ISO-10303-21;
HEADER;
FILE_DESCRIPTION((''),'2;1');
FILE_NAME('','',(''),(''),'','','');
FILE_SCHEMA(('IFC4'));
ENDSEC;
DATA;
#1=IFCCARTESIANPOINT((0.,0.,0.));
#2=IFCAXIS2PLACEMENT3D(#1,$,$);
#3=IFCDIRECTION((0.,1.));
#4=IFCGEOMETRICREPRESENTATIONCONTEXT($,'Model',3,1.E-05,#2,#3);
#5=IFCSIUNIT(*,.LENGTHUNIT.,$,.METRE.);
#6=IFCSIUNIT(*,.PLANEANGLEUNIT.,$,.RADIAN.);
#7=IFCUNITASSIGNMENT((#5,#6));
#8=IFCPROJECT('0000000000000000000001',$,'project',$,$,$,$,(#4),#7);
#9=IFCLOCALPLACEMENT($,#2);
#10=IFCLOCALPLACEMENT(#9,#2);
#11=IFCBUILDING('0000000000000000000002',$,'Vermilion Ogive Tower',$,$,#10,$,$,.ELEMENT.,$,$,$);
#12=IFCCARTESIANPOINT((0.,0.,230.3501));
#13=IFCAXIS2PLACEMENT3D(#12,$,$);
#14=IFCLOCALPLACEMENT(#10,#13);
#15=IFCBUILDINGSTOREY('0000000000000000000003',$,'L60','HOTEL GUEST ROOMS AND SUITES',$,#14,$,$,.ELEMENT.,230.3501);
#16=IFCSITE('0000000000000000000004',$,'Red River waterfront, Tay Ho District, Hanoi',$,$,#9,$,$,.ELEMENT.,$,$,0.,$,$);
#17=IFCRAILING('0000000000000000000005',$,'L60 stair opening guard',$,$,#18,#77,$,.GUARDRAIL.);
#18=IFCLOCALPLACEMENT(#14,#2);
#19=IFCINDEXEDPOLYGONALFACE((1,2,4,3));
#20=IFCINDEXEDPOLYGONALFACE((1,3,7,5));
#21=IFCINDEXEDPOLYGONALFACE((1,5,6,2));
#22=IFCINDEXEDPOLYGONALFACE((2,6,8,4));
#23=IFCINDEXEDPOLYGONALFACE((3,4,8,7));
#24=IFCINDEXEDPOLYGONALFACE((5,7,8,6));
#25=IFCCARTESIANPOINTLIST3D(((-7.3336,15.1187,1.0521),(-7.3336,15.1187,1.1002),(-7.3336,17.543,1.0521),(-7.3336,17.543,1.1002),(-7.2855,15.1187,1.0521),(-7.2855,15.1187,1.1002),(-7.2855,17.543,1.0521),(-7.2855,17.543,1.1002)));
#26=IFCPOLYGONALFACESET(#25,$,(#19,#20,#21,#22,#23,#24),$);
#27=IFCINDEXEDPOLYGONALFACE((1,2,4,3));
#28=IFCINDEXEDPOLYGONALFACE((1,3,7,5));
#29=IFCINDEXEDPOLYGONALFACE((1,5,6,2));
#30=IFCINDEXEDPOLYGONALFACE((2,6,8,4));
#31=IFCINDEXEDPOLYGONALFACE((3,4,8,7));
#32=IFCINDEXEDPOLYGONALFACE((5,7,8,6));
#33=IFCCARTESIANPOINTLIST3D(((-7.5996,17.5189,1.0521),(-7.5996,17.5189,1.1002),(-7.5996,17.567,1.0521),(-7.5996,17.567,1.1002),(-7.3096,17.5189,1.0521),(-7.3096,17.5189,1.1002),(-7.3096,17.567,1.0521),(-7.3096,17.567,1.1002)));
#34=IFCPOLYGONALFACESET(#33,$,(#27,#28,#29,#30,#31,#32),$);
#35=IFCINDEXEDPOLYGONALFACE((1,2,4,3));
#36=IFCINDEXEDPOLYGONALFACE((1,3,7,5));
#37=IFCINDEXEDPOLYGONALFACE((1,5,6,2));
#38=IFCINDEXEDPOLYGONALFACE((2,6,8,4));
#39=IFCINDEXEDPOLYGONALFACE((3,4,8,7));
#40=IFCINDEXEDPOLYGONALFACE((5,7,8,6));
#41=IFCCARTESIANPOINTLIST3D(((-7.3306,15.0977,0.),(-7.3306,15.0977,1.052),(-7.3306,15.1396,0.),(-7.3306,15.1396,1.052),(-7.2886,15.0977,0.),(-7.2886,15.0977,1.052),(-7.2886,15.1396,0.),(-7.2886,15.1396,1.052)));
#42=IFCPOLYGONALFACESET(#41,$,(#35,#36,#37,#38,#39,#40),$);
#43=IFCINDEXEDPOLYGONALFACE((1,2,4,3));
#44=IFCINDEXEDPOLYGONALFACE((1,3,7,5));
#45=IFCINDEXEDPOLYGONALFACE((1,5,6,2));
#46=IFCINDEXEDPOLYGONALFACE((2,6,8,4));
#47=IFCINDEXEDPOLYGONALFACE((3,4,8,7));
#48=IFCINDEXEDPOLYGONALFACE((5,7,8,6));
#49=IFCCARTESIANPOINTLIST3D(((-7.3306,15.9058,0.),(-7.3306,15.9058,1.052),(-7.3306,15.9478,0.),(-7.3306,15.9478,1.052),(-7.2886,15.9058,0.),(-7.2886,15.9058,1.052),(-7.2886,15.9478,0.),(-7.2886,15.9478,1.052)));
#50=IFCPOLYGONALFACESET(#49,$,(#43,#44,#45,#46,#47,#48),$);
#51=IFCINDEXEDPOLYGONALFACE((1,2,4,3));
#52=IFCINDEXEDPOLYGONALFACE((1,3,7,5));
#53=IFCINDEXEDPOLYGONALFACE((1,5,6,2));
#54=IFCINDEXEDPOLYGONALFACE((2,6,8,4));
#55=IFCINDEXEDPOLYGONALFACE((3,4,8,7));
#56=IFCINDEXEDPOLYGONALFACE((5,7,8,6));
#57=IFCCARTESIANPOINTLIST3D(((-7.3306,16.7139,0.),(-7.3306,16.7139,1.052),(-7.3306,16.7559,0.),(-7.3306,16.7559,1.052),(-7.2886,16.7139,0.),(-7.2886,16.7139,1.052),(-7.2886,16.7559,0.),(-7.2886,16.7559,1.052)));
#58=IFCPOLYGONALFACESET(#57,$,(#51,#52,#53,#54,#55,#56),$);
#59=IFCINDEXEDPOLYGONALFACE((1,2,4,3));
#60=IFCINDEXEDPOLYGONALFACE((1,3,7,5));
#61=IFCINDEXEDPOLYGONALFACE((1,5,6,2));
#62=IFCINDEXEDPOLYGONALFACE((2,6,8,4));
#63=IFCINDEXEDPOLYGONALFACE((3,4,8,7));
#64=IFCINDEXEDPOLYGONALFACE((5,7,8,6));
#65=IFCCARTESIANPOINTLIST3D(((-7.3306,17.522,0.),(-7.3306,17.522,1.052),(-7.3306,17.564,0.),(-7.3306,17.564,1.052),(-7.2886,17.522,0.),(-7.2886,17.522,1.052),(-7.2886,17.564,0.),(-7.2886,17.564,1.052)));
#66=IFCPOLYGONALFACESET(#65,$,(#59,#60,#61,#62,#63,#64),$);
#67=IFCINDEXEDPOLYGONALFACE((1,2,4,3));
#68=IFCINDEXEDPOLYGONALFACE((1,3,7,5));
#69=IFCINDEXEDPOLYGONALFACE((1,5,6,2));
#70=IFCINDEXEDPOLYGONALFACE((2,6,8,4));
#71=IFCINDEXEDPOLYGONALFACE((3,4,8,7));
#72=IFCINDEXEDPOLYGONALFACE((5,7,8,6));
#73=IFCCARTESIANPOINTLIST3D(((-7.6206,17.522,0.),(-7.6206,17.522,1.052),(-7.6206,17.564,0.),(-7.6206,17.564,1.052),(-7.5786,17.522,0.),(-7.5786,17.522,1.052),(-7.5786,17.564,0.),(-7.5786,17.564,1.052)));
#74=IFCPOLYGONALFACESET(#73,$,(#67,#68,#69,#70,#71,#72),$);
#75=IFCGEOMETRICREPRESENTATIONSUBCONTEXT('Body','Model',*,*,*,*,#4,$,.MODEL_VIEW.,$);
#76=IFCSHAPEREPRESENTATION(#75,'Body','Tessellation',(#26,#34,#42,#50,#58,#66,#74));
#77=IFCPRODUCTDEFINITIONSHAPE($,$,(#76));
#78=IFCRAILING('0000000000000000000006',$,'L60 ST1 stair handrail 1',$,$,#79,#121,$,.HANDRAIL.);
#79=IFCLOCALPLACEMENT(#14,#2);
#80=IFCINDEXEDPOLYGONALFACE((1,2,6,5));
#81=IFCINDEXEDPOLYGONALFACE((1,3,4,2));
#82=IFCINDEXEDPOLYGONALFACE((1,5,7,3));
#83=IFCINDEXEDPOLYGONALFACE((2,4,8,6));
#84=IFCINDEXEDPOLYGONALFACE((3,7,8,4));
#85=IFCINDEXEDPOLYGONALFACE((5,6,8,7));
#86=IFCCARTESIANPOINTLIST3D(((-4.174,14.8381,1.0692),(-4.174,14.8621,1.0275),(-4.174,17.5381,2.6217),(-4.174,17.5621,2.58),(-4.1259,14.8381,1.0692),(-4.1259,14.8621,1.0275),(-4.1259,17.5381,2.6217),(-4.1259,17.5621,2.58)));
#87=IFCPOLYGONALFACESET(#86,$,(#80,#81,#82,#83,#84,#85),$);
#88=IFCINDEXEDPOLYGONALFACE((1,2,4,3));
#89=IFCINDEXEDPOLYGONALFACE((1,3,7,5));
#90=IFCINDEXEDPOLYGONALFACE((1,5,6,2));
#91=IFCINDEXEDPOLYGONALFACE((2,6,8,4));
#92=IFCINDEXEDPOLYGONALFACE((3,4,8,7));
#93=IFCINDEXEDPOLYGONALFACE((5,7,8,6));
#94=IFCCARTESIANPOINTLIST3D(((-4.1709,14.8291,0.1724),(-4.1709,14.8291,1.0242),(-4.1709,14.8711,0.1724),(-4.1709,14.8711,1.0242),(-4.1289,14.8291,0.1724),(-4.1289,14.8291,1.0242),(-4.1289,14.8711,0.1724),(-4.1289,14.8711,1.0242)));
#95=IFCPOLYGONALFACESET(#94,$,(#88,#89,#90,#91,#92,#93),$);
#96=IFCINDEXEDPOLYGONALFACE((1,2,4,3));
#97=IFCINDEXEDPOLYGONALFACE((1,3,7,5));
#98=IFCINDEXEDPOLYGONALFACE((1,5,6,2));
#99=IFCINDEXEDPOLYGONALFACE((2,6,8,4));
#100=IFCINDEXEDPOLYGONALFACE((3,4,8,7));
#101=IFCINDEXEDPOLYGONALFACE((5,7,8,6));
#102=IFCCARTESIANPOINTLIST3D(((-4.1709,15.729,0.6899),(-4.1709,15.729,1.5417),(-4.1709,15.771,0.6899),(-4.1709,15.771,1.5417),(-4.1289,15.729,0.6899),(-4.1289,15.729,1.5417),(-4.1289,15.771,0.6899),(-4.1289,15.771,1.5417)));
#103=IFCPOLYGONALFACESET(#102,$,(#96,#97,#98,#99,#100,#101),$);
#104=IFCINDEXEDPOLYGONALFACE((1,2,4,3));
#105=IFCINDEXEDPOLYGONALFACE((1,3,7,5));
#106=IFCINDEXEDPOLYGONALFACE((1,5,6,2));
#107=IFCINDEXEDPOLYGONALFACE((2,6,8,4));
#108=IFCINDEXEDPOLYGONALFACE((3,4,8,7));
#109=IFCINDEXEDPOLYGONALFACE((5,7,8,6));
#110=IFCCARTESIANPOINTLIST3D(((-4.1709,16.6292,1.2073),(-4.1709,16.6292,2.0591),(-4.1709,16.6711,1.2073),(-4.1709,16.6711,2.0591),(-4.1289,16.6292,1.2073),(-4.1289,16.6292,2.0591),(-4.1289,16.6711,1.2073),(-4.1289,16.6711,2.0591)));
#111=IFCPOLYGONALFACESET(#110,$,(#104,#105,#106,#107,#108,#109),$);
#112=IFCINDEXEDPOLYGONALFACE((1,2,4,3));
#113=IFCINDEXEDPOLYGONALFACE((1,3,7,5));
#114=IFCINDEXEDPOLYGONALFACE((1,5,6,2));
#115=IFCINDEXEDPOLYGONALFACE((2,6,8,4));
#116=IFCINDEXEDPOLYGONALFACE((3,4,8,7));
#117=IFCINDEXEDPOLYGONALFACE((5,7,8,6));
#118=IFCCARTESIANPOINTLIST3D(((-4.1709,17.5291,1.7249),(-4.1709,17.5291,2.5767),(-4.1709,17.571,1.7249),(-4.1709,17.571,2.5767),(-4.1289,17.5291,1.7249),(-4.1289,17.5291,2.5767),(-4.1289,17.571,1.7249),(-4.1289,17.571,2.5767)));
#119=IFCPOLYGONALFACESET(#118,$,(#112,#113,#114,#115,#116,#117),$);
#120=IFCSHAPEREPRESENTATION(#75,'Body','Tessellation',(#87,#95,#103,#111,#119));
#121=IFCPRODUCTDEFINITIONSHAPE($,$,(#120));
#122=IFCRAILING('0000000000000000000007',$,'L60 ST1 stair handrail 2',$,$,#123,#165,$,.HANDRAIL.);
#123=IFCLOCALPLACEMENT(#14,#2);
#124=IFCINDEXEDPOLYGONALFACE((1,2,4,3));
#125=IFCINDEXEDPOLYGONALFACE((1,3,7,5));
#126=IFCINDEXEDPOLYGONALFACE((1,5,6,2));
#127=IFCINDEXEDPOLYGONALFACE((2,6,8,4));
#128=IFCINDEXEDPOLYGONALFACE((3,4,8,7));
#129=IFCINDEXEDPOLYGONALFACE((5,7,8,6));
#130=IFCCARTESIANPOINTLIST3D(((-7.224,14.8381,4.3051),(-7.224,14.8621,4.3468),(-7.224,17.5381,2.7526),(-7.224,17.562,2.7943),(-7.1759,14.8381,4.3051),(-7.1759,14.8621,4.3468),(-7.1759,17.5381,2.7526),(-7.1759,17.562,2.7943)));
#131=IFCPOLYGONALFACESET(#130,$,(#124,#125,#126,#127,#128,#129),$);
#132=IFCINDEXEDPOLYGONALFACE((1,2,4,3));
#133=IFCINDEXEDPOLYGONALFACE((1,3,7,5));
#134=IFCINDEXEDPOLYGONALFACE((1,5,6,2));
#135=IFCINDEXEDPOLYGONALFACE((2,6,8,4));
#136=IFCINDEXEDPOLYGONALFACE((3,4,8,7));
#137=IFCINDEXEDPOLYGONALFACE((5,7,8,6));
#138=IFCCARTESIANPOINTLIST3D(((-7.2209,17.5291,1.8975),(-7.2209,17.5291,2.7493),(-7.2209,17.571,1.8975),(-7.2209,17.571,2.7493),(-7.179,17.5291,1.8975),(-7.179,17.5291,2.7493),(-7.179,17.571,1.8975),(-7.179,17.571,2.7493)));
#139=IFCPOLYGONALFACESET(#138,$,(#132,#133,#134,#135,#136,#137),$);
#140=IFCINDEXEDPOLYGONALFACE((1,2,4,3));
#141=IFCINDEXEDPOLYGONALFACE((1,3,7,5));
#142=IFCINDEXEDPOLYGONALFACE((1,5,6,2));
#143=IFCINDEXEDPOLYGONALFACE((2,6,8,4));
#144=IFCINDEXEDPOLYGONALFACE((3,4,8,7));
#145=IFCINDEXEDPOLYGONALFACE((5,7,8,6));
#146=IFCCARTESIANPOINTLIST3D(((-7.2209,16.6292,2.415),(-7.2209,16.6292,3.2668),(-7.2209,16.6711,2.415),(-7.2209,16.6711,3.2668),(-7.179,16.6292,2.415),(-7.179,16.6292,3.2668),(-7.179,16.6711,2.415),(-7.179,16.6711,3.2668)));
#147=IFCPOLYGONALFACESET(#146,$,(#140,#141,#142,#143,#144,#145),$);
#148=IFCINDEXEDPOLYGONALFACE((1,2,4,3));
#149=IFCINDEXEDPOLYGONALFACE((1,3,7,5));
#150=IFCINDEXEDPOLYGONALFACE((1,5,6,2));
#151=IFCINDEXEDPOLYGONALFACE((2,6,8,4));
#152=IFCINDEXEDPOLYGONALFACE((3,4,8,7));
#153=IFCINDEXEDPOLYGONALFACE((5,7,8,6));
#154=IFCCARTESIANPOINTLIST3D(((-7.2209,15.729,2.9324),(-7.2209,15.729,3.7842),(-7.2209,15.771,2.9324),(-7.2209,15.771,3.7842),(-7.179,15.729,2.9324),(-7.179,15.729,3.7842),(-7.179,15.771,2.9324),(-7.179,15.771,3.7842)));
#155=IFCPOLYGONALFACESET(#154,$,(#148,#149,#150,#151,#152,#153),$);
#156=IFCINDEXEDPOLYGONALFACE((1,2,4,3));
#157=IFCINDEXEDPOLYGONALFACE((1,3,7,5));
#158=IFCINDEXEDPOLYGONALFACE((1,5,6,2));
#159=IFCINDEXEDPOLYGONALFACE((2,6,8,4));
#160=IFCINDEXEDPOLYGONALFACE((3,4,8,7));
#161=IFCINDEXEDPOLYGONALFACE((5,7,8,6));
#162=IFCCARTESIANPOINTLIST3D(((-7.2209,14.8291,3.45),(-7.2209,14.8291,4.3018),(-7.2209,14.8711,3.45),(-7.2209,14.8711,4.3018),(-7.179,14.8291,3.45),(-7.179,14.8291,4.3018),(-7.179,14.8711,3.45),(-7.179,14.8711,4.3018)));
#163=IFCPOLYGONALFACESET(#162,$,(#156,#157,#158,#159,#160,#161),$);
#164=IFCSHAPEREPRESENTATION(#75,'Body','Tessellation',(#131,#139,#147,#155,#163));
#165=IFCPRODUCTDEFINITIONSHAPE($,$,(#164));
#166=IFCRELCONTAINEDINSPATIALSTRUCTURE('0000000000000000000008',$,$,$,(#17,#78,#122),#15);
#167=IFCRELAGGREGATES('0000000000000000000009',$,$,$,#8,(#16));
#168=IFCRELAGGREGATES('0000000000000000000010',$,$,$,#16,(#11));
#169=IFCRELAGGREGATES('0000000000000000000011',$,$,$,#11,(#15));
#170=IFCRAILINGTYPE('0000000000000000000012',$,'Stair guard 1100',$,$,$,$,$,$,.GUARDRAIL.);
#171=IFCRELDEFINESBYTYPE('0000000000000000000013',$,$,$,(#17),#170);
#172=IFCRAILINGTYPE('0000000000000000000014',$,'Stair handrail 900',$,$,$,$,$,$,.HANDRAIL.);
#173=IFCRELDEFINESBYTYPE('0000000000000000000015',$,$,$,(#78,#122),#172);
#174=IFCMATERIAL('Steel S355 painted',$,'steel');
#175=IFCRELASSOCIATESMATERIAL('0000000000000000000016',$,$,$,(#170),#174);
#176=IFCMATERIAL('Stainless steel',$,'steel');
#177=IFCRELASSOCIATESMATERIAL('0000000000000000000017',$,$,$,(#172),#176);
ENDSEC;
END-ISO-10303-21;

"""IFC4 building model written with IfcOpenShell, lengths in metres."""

from ifc_helpers import new_model, si_unit, direction, frame, origin, origin_2d, place, context, subcontext, project, spatial, rectangle, extrude, material, type_object, element, save


model = new_model("IFC4")

# Units and contexts
model_context = context("Model", 3, precision=1e-05, world=origin(), true_north=direction((0.0, 1.0)))
body_context = subcontext(model_context, "Body", "Model", "MODEL_VIEW")
ifc_project = project(units=[si_unit("LENGTHUNIT", "METRE"), si_unit("PLANEANGLEUNIT", "RADIAN")], contexts=[model_context])

# Site, building, storey
site_placement = place(None, origin())
site = spatial("IfcSite", under=ifc_project, at=site_placement, Name="Red River waterfront, Tay Ho District, Hanoi", CompositionType="ELEMENT", RefElevation=0.0)
building_placement = place(site_placement, origin())
building = spatial("IfcBuilding", under=site, at=building_placement, Name="Vermilion Ogive Tower", CompositionType="ELEMENT")
storey_placement = place(building_placement, frame((0.0, 0.0, 230.3501)))
storey = spatial("IfcBuildingStorey", under=building, at=storey_placement, Name="L60", Description="HOTEL GUEST ROOMS AND SUITES", CompositionType="ELEMENT", Elevation=230.3501)

# Railings
ifc_material_1 = material(Name="Steel S355 painted", Category="steel")
railing_type_1 = type_object("IfcRailingType", Name="Stair guard 1100", PredefinedType="GUARDRAIL", material=ifc_material_1)
railing_1_placement = place(storey_placement, frame((-7.3096, 15.1187, 0.0)))
element("IfcRailing", 1, at=railing_1_placement, inside=storey, type_object=railing_type_1, Name="L60 stair opening guard", PredefinedType="GUARDRAIL", context=body_context, shape_type="SweptSolid", body=[
    extrude(rectangle(XDim=0.0481, YDim=0.0481, at=origin_2d()), frame((0.0, 0.0, 1.0762), z_axis=(0.0, 1.0, 0.0), x_axis=(-1.0, 0.0, 0.0)), (0.0, 0.0, 1.0), 2.4243),
    extrude(rectangle(XDim=0.0481, YDim=0.0481, at=origin_2d()), frame((0.0, 2.4243, 1.0762), z_axis=(-1.0, 0.0, 0.0), x_axis=(0.0, -1.0, 0.0)), (0.0, 0.0, 1.0), 0.29),
    extrude(rectangle(XDim=0.042, YDim=0.042, at=origin_2d()), origin(), (0.0, 0.0, 1.0), 1.052),
    extrude(rectangle(XDim=0.042, YDim=0.042, at=origin_2d()), frame((0.0, 0.8081, 0.0)), (0.0, 0.0, 1.0), 1.052),
    extrude(rectangle(XDim=0.042, YDim=0.042, at=origin_2d()), frame((0.0, 1.6162, 0.0)), (0.0, 0.0, 1.0), 1.052),
    extrude(rectangle(XDim=0.042, YDim=0.042, at=origin_2d()), frame((0.0, 2.4243, 0.0)), (0.0, 0.0, 1.0), 1.052),
    extrude(rectangle(XDim=0.042, YDim=0.042, at=origin_2d()), frame((-0.29, 2.4243, 0.0)), (0.0, 0.0, 1.0), 1.052),
])
ifc_material_2 = material(Name="Stainless steel", Category="steel")
railing_type_2 = type_object("IfcRailingType", Name="Stair handrail 900", PredefinedType="HANDRAIL", material=ifc_material_2)
railing_2_placement = place(storey_placement, frame((-4.1499, 14.8501, 0.1724)))
element("IfcRailing", 2, at=railing_2_placement, inside=storey, type_object=railing_type_2, Name="L60 ST1 stair handrail 1", PredefinedType="HANDRAIL", context=body_context, shape_type="SweptSolid", body=[
    extrude(rectangle(XDim=0.0481, YDim=0.0481, at=origin_2d()), frame((0.0, 0.0, 0.876), z_axis=(0.0, 0.866904, 0.498476), x_axis=(-1.0, 0.0, 0.0)), (0.0, 0.0, 1.0), 3.1145),
    extrude(rectangle(XDim=0.042, YDim=0.042, at=origin_2d()), origin(), (0.0, 0.0, 1.0), 0.8518),
    extrude(rectangle(XDim=0.042, YDim=0.042, at=origin_2d()), frame((0.0, 0.8999, 0.5176)), (0.0, 0.0, 1.0), 0.8518),
    extrude(rectangle(XDim=0.042, YDim=0.042, at=origin_2d()), frame((0.0, 1.8, 1.0349)), (0.0, 0.0, 1.0), 0.8518),
    extrude(rectangle(XDim=0.042, YDim=0.042, at=origin_2d()), frame((0.0, 2.7, 1.5525)), (0.0, 0.0, 1.0), 0.8518),
])
railing_3_placement = place(storey_placement, frame((-7.2, 17.55, 1.8975)))
element("IfcRailing", 3, at=railing_3_placement, inside=storey, type_object=railing_type_2, Name="L60 ST1 stair handrail 2", PredefinedType="HANDRAIL", context=body_context, shape_type="SweptSolid", body=[
    extrude(rectangle(XDim=0.0481, YDim=0.0481, at=origin_2d()), frame((0.0, 0.0, 0.876), z_axis=(0.0, -0.866904, 0.498476), x_axis=(1.0, 0.0, 0.0)), (0.0, 0.0, 1.0), 3.1145),
    extrude(rectangle(XDim=0.042, YDim=0.042, at=origin_2d()), origin(), (0.0, 0.0, 1.0), 0.8518),
    extrude(rectangle(XDim=0.042, YDim=0.042, at=origin_2d()), frame((0.0, -0.8999, 0.5176)), (0.0, 0.0, 1.0), 0.8518),
    extrude(rectangle(XDim=0.042, YDim=0.042, at=origin_2d()), frame((0.0, -1.8, 1.0349)), (0.0, 0.0, 1.0), 0.8518),
    extrude(rectangle(XDim=0.042, YDim=0.042, at=origin_2d()), frame((0.0, -2.7, 1.5525)), (0.0, 0.0, 1.0), 0.8518),
])

save(model, "model.ifc")
